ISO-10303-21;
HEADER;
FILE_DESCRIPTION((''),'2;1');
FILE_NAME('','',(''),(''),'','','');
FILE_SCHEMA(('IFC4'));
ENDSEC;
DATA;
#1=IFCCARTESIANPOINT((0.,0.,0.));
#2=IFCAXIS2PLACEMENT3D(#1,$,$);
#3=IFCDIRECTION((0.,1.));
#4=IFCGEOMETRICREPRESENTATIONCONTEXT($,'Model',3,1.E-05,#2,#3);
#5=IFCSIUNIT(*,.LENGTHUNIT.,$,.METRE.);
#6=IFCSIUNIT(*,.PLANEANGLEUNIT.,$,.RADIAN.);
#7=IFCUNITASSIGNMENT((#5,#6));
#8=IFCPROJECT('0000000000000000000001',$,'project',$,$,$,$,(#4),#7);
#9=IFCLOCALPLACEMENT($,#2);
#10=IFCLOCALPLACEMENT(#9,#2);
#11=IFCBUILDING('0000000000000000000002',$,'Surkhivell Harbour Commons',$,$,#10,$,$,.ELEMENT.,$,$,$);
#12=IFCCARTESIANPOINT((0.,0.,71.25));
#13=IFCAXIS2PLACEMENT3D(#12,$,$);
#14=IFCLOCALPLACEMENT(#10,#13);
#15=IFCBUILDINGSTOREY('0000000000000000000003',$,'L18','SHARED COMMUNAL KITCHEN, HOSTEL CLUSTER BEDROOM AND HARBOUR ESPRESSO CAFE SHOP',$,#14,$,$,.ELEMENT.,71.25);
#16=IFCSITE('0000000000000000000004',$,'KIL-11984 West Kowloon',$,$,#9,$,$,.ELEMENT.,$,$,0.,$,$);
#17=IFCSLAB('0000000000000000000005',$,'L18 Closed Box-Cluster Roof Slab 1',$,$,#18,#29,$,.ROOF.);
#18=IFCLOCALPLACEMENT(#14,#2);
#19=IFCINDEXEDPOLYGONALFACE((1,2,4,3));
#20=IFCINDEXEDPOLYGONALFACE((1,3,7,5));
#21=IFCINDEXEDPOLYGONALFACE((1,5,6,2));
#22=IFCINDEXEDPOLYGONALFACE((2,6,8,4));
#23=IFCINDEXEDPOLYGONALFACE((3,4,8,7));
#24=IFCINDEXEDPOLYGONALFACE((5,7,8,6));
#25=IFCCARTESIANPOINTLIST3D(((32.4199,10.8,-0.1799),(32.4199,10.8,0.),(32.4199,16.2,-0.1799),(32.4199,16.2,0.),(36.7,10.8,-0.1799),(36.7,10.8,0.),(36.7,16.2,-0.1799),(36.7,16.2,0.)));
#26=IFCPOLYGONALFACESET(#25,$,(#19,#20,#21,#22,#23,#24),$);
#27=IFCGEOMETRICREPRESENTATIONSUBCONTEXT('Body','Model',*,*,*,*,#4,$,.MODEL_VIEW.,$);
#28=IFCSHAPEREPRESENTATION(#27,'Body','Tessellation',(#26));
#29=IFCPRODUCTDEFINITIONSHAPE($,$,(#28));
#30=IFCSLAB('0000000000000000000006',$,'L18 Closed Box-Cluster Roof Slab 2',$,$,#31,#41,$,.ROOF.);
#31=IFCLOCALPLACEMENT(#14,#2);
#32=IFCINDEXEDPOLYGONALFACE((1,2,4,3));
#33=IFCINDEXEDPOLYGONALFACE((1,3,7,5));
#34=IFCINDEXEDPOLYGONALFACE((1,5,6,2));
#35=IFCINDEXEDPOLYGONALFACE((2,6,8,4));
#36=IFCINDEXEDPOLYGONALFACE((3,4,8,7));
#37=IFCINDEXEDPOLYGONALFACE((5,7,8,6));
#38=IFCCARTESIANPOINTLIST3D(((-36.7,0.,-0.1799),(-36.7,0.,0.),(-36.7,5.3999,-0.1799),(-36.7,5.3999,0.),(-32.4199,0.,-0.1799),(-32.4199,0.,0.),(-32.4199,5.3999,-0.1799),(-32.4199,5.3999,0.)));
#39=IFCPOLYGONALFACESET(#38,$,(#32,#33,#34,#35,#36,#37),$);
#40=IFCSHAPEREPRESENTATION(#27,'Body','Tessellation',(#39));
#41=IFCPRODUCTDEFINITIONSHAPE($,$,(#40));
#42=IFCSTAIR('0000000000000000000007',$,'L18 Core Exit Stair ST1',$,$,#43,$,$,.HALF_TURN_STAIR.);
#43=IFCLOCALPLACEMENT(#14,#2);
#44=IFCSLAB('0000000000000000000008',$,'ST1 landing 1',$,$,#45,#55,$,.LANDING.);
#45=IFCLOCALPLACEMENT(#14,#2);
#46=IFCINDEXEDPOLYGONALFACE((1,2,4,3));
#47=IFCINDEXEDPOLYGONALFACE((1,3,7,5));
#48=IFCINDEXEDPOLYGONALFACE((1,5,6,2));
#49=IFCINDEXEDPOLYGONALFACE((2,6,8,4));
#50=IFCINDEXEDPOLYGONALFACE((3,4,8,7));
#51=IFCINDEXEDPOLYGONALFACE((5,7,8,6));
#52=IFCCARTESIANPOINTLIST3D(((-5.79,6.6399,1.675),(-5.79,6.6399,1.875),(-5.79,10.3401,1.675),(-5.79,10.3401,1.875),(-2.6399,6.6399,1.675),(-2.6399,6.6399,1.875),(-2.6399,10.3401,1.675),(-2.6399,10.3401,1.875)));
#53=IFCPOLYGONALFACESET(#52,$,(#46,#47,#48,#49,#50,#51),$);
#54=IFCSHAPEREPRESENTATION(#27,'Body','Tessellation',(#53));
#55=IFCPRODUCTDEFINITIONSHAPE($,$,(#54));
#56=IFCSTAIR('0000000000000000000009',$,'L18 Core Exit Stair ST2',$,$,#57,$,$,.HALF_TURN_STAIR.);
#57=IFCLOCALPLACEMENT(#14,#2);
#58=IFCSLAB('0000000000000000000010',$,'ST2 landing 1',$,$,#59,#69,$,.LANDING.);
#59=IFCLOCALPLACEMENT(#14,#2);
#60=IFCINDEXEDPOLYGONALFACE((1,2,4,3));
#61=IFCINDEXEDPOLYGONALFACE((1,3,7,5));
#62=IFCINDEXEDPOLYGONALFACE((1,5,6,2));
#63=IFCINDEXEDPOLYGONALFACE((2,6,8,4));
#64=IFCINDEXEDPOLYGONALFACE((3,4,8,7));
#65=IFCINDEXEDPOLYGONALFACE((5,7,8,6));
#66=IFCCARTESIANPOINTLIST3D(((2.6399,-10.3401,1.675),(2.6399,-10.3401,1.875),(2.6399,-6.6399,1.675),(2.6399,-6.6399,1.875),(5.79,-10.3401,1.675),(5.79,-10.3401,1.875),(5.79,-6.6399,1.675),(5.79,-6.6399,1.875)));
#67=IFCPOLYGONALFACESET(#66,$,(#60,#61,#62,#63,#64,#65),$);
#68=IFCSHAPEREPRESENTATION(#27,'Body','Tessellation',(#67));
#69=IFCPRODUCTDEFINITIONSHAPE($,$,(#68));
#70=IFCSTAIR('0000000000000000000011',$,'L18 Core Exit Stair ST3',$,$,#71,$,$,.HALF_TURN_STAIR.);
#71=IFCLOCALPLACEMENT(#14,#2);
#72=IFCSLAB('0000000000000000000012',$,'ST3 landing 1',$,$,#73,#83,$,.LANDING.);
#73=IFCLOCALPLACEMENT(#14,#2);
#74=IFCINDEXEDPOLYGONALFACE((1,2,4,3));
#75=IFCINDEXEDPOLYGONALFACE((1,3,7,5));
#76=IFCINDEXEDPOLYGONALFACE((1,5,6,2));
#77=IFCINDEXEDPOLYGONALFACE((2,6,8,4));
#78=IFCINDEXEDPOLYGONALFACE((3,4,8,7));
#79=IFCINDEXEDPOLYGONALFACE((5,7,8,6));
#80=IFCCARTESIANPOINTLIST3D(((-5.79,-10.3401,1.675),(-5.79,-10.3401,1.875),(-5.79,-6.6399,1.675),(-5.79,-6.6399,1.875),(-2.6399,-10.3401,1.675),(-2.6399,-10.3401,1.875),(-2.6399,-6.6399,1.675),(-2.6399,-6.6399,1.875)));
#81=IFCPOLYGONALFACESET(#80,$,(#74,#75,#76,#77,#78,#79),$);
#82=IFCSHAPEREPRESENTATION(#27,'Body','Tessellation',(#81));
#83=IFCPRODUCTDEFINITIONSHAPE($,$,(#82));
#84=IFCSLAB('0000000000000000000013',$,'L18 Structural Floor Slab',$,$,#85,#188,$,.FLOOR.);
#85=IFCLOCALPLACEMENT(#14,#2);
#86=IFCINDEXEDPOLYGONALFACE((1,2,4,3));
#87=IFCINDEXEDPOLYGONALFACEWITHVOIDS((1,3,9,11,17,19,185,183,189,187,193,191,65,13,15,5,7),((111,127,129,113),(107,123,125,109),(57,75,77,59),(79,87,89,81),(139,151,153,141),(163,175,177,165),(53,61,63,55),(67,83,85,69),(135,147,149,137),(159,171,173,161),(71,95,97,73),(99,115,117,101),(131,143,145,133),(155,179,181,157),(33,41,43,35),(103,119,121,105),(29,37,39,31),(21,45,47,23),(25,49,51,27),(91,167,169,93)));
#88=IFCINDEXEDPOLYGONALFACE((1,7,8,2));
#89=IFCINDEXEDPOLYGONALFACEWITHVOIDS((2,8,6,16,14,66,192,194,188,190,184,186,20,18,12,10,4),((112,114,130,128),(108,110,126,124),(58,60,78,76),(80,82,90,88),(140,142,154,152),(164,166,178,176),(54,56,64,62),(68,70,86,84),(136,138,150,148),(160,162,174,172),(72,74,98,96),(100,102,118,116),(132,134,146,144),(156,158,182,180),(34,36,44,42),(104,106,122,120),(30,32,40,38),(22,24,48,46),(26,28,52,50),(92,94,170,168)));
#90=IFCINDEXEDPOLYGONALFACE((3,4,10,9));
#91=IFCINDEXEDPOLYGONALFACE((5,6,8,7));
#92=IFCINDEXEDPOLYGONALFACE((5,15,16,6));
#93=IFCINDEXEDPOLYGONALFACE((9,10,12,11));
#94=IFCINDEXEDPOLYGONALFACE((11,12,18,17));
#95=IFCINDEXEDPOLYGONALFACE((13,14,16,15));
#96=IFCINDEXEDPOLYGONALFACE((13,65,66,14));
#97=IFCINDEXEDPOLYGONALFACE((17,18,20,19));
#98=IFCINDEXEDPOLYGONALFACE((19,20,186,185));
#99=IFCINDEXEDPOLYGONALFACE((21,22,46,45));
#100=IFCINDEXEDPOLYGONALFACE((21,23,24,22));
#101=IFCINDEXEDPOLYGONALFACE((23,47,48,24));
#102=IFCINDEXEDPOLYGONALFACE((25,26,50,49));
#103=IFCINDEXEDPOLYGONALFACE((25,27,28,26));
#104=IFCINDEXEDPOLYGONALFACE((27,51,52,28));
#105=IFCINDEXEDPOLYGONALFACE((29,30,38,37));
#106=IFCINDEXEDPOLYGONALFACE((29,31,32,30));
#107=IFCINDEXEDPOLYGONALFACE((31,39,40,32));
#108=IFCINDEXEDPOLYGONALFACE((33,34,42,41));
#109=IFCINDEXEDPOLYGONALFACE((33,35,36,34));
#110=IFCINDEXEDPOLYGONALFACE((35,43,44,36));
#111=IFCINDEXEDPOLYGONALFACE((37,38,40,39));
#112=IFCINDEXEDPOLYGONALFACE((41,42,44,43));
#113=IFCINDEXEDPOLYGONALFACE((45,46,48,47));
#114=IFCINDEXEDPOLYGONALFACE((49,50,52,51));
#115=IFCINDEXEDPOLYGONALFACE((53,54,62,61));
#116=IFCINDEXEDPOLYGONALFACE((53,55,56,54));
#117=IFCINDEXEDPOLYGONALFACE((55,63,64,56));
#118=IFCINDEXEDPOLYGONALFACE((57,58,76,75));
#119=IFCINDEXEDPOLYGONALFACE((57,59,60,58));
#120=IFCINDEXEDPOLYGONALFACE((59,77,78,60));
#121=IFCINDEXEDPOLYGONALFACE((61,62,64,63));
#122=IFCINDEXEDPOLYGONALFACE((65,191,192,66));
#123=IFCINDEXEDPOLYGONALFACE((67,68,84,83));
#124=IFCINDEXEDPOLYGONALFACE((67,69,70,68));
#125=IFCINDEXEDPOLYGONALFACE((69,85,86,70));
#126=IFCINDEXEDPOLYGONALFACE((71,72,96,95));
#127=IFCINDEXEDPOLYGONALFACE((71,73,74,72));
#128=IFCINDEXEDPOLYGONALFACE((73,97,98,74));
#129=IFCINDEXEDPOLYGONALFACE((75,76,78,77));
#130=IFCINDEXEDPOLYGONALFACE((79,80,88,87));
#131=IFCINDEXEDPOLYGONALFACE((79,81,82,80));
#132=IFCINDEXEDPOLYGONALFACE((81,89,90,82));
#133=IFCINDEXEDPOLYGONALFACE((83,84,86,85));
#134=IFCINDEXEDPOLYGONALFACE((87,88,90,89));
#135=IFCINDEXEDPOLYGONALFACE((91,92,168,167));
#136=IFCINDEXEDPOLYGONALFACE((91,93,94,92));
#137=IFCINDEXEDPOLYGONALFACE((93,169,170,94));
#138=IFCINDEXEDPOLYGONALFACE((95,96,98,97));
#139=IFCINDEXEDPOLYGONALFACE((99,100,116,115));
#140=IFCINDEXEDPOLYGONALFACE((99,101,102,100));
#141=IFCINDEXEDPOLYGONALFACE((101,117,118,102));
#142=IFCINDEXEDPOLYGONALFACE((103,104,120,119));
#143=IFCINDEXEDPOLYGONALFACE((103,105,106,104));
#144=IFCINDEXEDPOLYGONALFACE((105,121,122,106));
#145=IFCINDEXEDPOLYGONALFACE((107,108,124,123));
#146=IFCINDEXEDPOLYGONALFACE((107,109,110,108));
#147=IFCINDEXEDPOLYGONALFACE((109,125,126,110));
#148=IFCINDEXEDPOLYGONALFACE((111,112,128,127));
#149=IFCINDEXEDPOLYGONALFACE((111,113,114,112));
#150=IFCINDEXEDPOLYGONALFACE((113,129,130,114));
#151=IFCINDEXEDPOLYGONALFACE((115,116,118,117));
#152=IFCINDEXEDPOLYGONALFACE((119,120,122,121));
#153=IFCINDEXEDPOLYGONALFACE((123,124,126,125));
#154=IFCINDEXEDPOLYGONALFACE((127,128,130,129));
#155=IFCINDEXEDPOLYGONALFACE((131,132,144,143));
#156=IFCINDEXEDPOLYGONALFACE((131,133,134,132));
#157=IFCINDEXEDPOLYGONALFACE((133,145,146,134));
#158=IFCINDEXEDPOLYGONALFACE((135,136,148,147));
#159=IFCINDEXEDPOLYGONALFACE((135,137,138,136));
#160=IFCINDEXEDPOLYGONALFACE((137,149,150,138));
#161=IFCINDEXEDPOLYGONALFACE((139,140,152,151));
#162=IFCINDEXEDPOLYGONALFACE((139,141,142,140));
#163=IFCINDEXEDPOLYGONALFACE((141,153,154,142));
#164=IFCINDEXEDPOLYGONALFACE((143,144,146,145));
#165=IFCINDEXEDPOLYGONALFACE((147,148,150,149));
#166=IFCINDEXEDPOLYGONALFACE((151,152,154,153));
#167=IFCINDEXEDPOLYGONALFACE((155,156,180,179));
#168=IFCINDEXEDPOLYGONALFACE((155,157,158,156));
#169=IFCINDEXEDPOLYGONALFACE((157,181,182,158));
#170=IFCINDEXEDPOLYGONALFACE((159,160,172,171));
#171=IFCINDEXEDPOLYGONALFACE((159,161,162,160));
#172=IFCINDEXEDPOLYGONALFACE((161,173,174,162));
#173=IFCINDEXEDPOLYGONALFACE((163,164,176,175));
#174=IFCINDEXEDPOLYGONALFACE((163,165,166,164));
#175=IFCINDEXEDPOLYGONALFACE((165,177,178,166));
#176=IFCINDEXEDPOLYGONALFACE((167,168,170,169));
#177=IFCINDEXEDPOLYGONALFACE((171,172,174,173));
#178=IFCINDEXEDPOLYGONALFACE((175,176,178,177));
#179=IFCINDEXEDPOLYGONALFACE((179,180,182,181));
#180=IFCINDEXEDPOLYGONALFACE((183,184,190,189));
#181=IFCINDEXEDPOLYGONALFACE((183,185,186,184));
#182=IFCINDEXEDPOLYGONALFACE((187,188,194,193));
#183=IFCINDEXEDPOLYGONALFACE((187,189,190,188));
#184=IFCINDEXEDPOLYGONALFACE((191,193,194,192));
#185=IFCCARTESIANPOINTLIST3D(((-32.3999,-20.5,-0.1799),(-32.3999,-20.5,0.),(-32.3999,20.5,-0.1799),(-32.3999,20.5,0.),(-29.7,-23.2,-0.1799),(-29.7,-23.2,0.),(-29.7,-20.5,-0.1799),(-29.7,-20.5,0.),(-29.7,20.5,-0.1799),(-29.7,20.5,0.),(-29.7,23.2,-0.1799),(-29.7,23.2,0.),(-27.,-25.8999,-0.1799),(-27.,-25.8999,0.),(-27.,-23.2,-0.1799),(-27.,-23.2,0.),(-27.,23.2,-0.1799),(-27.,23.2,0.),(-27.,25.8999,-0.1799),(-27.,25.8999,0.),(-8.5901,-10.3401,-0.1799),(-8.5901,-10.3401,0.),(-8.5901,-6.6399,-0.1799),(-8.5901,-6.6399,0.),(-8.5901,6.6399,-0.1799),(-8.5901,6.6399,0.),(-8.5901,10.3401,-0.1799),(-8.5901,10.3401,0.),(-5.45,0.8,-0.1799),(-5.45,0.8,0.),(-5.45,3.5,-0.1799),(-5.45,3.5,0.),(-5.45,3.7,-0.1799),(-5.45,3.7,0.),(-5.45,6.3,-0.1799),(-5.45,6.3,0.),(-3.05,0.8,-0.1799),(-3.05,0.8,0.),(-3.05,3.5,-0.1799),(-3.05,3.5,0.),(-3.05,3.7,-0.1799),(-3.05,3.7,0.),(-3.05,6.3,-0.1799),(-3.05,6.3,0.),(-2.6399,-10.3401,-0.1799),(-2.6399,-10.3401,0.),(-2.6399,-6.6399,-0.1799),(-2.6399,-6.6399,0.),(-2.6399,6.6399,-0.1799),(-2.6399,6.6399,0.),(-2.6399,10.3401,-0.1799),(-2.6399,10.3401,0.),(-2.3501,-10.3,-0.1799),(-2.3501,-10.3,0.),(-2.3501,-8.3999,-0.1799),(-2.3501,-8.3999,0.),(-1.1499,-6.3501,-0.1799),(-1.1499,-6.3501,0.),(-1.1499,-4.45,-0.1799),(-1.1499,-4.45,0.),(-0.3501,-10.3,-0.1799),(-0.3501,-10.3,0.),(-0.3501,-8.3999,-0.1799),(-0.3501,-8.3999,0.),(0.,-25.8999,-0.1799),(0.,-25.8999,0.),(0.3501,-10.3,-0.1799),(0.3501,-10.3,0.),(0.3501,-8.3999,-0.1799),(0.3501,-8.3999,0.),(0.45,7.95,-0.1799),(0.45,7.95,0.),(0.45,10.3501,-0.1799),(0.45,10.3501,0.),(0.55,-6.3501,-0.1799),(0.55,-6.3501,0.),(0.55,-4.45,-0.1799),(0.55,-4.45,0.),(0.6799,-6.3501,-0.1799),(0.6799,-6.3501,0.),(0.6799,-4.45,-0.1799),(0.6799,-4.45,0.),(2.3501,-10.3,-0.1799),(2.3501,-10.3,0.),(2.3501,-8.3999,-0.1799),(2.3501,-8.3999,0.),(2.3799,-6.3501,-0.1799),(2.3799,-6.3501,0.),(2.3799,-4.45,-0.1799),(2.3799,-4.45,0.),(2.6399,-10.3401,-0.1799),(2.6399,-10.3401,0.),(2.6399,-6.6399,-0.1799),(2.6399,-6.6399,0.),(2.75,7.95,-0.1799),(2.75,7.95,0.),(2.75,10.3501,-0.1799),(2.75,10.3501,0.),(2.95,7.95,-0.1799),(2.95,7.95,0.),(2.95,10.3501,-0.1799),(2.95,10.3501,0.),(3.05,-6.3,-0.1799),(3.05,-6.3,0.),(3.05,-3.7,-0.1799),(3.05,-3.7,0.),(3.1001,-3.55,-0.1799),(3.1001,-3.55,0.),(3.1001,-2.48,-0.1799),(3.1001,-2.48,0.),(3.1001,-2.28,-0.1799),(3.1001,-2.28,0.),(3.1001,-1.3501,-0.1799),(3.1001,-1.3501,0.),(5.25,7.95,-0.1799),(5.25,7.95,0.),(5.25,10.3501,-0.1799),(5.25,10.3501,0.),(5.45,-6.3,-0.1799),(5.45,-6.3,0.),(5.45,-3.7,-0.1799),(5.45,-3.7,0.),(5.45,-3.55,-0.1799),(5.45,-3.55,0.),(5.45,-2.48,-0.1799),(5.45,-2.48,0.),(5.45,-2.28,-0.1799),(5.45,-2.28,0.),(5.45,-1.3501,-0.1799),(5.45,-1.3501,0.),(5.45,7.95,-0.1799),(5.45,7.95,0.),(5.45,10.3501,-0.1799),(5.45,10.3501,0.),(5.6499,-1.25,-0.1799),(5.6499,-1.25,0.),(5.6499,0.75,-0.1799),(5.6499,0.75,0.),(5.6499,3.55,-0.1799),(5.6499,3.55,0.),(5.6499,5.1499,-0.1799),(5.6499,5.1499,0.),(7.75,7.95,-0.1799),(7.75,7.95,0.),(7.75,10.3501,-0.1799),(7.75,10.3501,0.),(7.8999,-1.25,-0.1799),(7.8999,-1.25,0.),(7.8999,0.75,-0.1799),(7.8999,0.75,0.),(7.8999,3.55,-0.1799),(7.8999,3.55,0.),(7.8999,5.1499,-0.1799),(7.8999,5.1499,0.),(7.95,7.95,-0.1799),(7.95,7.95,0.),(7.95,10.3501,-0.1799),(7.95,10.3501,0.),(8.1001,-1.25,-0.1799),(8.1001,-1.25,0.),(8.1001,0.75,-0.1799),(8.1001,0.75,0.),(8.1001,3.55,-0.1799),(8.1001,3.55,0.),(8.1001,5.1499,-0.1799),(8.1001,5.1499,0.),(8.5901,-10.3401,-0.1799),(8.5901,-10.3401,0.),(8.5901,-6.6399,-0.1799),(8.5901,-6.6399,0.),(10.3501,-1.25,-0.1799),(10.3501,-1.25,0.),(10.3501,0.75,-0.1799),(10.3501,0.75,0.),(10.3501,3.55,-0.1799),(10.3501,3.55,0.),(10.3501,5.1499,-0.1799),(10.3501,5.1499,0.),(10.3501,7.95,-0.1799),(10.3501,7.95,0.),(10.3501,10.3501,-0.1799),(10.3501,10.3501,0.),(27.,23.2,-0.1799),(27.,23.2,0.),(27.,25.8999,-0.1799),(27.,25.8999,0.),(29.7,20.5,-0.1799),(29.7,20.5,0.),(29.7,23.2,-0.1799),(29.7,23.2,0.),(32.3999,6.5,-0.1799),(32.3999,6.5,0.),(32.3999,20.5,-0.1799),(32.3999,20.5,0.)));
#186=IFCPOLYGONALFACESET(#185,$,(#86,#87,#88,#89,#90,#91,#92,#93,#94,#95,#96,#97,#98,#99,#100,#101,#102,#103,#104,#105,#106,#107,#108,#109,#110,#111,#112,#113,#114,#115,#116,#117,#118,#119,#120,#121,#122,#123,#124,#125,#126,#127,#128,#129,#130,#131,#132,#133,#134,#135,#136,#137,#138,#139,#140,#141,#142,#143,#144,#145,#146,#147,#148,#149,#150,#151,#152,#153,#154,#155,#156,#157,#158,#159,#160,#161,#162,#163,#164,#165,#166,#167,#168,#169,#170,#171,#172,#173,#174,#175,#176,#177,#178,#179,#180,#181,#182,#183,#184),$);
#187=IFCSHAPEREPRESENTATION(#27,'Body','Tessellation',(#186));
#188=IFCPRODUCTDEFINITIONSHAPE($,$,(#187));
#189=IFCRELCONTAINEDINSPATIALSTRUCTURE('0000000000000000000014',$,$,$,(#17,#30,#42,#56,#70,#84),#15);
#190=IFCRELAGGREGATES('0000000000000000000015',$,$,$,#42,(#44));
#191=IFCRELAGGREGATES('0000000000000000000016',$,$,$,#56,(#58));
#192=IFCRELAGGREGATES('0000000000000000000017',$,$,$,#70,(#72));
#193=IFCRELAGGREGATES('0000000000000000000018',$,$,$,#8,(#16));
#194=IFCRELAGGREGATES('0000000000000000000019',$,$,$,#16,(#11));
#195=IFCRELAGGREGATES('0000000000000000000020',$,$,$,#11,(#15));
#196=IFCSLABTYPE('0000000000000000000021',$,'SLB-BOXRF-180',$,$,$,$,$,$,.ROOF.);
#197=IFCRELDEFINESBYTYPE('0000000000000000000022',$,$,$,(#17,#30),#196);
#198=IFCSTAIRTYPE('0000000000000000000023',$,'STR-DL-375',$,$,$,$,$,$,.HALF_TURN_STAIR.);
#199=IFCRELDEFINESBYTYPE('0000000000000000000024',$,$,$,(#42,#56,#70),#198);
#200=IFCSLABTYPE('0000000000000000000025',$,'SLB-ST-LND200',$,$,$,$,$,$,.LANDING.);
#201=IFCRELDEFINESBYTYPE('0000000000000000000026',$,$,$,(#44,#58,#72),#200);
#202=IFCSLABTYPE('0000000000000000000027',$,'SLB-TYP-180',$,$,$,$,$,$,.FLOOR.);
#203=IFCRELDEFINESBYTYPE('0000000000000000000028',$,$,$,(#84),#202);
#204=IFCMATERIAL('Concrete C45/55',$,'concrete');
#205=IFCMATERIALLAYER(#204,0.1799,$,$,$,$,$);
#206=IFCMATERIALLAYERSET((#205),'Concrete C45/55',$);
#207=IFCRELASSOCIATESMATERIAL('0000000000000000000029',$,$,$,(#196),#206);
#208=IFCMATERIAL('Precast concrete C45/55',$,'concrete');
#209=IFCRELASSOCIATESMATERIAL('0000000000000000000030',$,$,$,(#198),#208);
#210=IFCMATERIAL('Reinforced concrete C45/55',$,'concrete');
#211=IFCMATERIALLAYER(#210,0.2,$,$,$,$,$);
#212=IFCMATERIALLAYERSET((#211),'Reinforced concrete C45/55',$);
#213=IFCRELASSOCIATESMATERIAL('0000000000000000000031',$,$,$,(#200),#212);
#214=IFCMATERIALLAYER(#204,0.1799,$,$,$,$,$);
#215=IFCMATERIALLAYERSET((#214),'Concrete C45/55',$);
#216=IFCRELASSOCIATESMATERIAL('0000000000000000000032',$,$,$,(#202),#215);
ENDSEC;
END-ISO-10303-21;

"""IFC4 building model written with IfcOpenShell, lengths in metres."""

from ifc_helpers import new_model, si_unit, direction, frame, origin, place, context, subcontext, project, spatial, polyline, outline, extrude, material, layer, layer_set, type_object, element, aggregate, save


model = new_model("IFC4")

# Units and contexts
model_context = context("Model", 3, precision=1e-05, world=origin(), true_north=direction((0.0, 1.0)))
body_context = subcontext(model_context, "Body", "Model", "MODEL_VIEW")
ifc_project = project(units=[si_unit("LENGTHUNIT", "METRE"), si_unit("PLANEANGLEUNIT", "RADIAN")], contexts=[model_context])

# Site, building, storey
site_placement = place(None, origin())
site = spatial("IfcSite", under=ifc_project, at=site_placement, Name="KIL-11984 West Kowloon", CompositionType="ELEMENT", RefElevation=0.0)
building_placement = place(site_placement, origin())
building = spatial("IfcBuilding", under=site, at=building_placement, Name="Surkhivell Harbour Commons", CompositionType="ELEMENT")
storey_placement = place(building_placement, frame((0.0, 0.0, 71.25)))
storey = spatial("IfcBuildingStorey", under=building, at=storey_placement, Name="L18", Description="SHARED COMMUNAL KITCHEN, HOSTEL CLUSTER BEDROOM AND HARBOUR ESPRESSO CAFE SHOP", CompositionType="ELEMENT", Elevation=71.25)

# Slabs
ifc_material_1 = material(Name="Concrete C45/55", Category="concrete")
ifc_layer_1 = layer(ifc_material_1, 0.1799)
ifc_layer_set_1 = layer_set([ifc_layer_1], Name="Concrete C45/55")
slab_type_1 = type_object("IfcSlabType", Name="SLB-BOXRF-180", PredefinedType="ROOF", material=ifc_layer_set_1)
slab_1_placement = place(storey_placement, frame((0.0, 0.0, -0.1799)))
element("IfcSlab", 1, at=slab_1_placement, inside=storey, type_object=slab_type_1, Name="L18 Closed Box-Cluster Roof Slab 1", PredefinedType="ROOF", context=body_context, shape_type="SweptSolid", body=[
    extrude(outline(polyline([(36.7, 16.2), (32.4199, 16.2), (32.4199, 10.8), (36.7, 10.8), (36.7, 16.2)])), origin(), (0.0, 0.0, 1.0), 0.1799),
])
slab_2_placement = place(storey_placement, frame((0.0, 0.0, -0.1799)))
element("IfcSlab", 2, at=slab_2_placement, inside=storey, type_object=slab_type_1, Name="L18 Closed Box-Cluster Roof Slab 2", PredefinedType="ROOF", context=body_context, shape_type="SweptSolid", body=[
    extrude(outline(polyline([(-36.7, 0.0), (-32.4199, 0.0), (-32.4199, 5.3999), (-36.7, 5.3999), (-36.7, 0.0)])), origin(), (0.0, 0.0, 1.0), 0.1799),
])

# Stairs, slabs
ifc_material_2 = material(Name="Precast concrete C45/55", Category="concrete")
stair_type = type_object("IfcStairType", Name="STR-DL-375", PredefinedType="HALF_TURN_STAIR", material=ifc_material_2)
stair_1_placement = place(storey_placement, origin())
stair_1 = element("IfcStair", 3, at=stair_1_placement, inside=storey, type_object=stair_type, Name="L18 Core Exit Stair ST1", PredefinedType="HALF_TURN_STAIR")
ifc_material_3 = material(Name="Reinforced concrete C45/55", Category="concrete")
ifc_layer_2 = layer(ifc_material_3, 0.2)
ifc_layer_set_2 = layer_set([ifc_layer_2], Name="Reinforced concrete C45/55")
slab_type_2 = type_object("IfcSlabType", Name="SLB-ST-LND200", PredefinedType="LANDING", material=ifc_layer_set_2)
slab_3_placement = place(storey_placement, frame((0.0, 0.0, 1.675)))
slab_3 = element("IfcSlab", 4, at=slab_3_placement, type_object=slab_type_2, Name="ST1 landing 1", PredefinedType="LANDING", context=body_context, shape_type="SweptSolid", body=[
    extrude(outline(polyline([(-5.79, 6.6399), (-2.6399, 6.6399), (-2.6399, 10.3401), (-5.79, 10.3401), (-5.79, 6.6399)])), origin(), (0.0, 0.0, 1.0), 0.2),
])
aggregate(stair_1, [slab_3])
stair_2_placement = place(storey_placement, origin())
stair_2 = element("IfcStair", 5, at=stair_2_placement, inside=storey, type_object=stair_type, Name="L18 Core Exit Stair ST2", PredefinedType="HALF_TURN_STAIR")
slab_4_placement = place(storey_placement, frame((0.0, 0.0, 1.675)))
slab_4 = element("IfcSlab", 6, at=slab_4_placement, type_object=slab_type_2, Name="ST2 landing 1", PredefinedType="LANDING", context=body_context, shape_type="SweptSolid", body=[
    extrude(outline(polyline([(5.79, -6.6399), (2.6399, -6.6399), (2.6399, -10.3401), (5.79, -10.3401), (5.79, -6.6399)])), origin(), (0.0, 0.0, 1.0), 0.2),
])
aggregate(stair_2, [slab_4])
stair_3_placement = place(storey_placement, origin())
stair_3 = element("IfcStair", 7, at=stair_3_placement, inside=storey, type_object=stair_type, Name="L18 Core Exit Stair ST3", PredefinedType="HALF_TURN_STAIR")
slab_5_placement = place(storey_placement, frame((0.0, 0.0, 1.675)))
slab_5 = element("IfcSlab", 8, at=slab_5_placement, type_object=slab_type_2, Name="ST3 landing 1", PredefinedType="LANDING", context=body_context, shape_type="SweptSolid", body=[
    extrude(outline(polyline([(-5.79, -10.3401), (-2.6399, -10.3401), (-2.6399, -6.6399), (-5.79, -6.6399), (-5.79, -10.3401)])), origin(), (0.0, 0.0, 1.0), 0.2),
])
aggregate(stair_3, [slab_5])

# Slab
ifc_layer_3 = layer(ifc_material_1, 0.1799)
ifc_layer_set_3 = layer_set([ifc_layer_3], Name="Concrete C45/55")
slab_type_3 = type_object("IfcSlabType", Name="SLB-TYP-180", PredefinedType="FLOOR", material=ifc_layer_set_3)
slab_6_placement = place(storey_placement, frame((0.0, 0.0, -0.1799)))
element("IfcSlab", 9, at=slab_6_placement, inside=storey, type_object=slab_type_3, Name="L18 Structural Floor Slab", PredefinedType="FLOOR", context=body_context, shape_type="SweptSolid", body=[
    extrude(outline(polyline([(-27.0, -25.8999), (0.0, -25.8999), (32.3999, 6.5), (32.3999, 20.5), (29.7, 20.5), (29.7, 23.2), (27.0, 23.2), (27.0, 25.8999), (-27.0, 25.8999), (-27.0, 23.2), (-29.7, 23.2), (-29.7, 20.5), (-32.3999, 20.5), (-32.3999, -20.5), (-29.7, -20.5), (-29.7, -23.2), (-27.0, -23.2), (-27.0, -25.8999)]), holes=[polyline([(-8.5901, 6.6399), (-2.6399, 6.6399), (-2.6399, 10.3401), (-8.5901, 10.3401), (-8.5901, 6.6399)]), polyline([(8.5901, -6.6399), (2.6399, -6.6399), (2.6399, -10.3401), (8.5901, -10.3401), (8.5901, -6.6399)]), polyline([(-8.5901, -10.3401), (-2.6399, -10.3401), (-2.6399, -6.6399), (-8.5901, -6.6399), (-8.5901, -10.3401)]), polyline([(0.45, 7.95), (2.75, 7.95), (2.75, 10.3501), (0.45, 10.3501), (0.45, 7.95)]), polyline([(2.95, 7.95), (5.25, 7.95), (5.25, 10.3501), (2.95, 10.3501), (2.95, 7.95)]), polyline([(5.45, 7.95), (7.75, 7.95), (7.75, 10.3501), (5.45, 10.3501), (5.45, 7.95)]), polyline([(7.95, 7.95), (10.3501, 7.95), (10.3501, 10.3501), (7.95, 10.3501), (7.95, 7.95)]), polyline([(5.6499, 3.55), (7.8999, 3.55), (7.8999, 5.1499), (5.6499, 5.1499), (5.6499, 3.55)]), polyline([(8.1001, 3.55), (10.3501, 3.55), (10.3501, 5.1499), (8.1001, 5.1499), (8.1001, 3.55)]), polyline([(5.6499, -1.25), (7.8999, -1.25), (7.8999, 0.75), (5.6499, 0.75), (5.6499, -1.25)]), polyline([(8.1001, -1.25), (10.3501, -1.25), (10.3501, 0.75), (8.1001, 0.75), (8.1001, -1.25)]), polyline([(-1.1499, -6.3501), (0.55, -6.3501), (0.55, -4.45), (-1.1499, -4.45), (-1.1499, -6.3501)]), polyline([(0.6799, -6.3501), (2.3799, -6.3501), (2.3799, -4.45), (0.6799, -4.45), (0.6799, -6.3501)]), polyline([(-2.3501, -10.3), (-0.3501, -10.3), (-0.3501, -8.3999), (-2.3501, -8.3999), (-2.3501, -10.3)]), polyline([(0.3501, -10.3), (2.3501, -10.3), (2.3501, -8.3999), (0.3501, -8.3999), (0.3501, -10.3)]), polyline([(-5.45, 3.7), (-3.05, 3.7), (-3.05, 6.3), (-5.45, 6.3), (-5.45, 3.7)]), polyline([(3.05, -6.3), (5.45, -6.3), (5.45, -3.7), (3.05, -3.7), (3.05, -6.3)]), polyline([(-5.45, 0.8), (-3.05, 0.8), (-3.05, 3.5), (-5.45, 3.5), (-5.45, 0.8)]), polyline([(3.1001, -3.55), (5.45, -3.55), (5.45, -2.48), (3.1001, -2.48), (3.1001, -3.55)]), polyline([(3.1001, -2.28), (5.45, -2.28), (5.45, -1.3501), (3.1001, -1.3501), (3.1001, -2.28)])]), origin(), (0.0, 0.0, 1.0), 0.1799),
])

save(model, "model.ifc")
